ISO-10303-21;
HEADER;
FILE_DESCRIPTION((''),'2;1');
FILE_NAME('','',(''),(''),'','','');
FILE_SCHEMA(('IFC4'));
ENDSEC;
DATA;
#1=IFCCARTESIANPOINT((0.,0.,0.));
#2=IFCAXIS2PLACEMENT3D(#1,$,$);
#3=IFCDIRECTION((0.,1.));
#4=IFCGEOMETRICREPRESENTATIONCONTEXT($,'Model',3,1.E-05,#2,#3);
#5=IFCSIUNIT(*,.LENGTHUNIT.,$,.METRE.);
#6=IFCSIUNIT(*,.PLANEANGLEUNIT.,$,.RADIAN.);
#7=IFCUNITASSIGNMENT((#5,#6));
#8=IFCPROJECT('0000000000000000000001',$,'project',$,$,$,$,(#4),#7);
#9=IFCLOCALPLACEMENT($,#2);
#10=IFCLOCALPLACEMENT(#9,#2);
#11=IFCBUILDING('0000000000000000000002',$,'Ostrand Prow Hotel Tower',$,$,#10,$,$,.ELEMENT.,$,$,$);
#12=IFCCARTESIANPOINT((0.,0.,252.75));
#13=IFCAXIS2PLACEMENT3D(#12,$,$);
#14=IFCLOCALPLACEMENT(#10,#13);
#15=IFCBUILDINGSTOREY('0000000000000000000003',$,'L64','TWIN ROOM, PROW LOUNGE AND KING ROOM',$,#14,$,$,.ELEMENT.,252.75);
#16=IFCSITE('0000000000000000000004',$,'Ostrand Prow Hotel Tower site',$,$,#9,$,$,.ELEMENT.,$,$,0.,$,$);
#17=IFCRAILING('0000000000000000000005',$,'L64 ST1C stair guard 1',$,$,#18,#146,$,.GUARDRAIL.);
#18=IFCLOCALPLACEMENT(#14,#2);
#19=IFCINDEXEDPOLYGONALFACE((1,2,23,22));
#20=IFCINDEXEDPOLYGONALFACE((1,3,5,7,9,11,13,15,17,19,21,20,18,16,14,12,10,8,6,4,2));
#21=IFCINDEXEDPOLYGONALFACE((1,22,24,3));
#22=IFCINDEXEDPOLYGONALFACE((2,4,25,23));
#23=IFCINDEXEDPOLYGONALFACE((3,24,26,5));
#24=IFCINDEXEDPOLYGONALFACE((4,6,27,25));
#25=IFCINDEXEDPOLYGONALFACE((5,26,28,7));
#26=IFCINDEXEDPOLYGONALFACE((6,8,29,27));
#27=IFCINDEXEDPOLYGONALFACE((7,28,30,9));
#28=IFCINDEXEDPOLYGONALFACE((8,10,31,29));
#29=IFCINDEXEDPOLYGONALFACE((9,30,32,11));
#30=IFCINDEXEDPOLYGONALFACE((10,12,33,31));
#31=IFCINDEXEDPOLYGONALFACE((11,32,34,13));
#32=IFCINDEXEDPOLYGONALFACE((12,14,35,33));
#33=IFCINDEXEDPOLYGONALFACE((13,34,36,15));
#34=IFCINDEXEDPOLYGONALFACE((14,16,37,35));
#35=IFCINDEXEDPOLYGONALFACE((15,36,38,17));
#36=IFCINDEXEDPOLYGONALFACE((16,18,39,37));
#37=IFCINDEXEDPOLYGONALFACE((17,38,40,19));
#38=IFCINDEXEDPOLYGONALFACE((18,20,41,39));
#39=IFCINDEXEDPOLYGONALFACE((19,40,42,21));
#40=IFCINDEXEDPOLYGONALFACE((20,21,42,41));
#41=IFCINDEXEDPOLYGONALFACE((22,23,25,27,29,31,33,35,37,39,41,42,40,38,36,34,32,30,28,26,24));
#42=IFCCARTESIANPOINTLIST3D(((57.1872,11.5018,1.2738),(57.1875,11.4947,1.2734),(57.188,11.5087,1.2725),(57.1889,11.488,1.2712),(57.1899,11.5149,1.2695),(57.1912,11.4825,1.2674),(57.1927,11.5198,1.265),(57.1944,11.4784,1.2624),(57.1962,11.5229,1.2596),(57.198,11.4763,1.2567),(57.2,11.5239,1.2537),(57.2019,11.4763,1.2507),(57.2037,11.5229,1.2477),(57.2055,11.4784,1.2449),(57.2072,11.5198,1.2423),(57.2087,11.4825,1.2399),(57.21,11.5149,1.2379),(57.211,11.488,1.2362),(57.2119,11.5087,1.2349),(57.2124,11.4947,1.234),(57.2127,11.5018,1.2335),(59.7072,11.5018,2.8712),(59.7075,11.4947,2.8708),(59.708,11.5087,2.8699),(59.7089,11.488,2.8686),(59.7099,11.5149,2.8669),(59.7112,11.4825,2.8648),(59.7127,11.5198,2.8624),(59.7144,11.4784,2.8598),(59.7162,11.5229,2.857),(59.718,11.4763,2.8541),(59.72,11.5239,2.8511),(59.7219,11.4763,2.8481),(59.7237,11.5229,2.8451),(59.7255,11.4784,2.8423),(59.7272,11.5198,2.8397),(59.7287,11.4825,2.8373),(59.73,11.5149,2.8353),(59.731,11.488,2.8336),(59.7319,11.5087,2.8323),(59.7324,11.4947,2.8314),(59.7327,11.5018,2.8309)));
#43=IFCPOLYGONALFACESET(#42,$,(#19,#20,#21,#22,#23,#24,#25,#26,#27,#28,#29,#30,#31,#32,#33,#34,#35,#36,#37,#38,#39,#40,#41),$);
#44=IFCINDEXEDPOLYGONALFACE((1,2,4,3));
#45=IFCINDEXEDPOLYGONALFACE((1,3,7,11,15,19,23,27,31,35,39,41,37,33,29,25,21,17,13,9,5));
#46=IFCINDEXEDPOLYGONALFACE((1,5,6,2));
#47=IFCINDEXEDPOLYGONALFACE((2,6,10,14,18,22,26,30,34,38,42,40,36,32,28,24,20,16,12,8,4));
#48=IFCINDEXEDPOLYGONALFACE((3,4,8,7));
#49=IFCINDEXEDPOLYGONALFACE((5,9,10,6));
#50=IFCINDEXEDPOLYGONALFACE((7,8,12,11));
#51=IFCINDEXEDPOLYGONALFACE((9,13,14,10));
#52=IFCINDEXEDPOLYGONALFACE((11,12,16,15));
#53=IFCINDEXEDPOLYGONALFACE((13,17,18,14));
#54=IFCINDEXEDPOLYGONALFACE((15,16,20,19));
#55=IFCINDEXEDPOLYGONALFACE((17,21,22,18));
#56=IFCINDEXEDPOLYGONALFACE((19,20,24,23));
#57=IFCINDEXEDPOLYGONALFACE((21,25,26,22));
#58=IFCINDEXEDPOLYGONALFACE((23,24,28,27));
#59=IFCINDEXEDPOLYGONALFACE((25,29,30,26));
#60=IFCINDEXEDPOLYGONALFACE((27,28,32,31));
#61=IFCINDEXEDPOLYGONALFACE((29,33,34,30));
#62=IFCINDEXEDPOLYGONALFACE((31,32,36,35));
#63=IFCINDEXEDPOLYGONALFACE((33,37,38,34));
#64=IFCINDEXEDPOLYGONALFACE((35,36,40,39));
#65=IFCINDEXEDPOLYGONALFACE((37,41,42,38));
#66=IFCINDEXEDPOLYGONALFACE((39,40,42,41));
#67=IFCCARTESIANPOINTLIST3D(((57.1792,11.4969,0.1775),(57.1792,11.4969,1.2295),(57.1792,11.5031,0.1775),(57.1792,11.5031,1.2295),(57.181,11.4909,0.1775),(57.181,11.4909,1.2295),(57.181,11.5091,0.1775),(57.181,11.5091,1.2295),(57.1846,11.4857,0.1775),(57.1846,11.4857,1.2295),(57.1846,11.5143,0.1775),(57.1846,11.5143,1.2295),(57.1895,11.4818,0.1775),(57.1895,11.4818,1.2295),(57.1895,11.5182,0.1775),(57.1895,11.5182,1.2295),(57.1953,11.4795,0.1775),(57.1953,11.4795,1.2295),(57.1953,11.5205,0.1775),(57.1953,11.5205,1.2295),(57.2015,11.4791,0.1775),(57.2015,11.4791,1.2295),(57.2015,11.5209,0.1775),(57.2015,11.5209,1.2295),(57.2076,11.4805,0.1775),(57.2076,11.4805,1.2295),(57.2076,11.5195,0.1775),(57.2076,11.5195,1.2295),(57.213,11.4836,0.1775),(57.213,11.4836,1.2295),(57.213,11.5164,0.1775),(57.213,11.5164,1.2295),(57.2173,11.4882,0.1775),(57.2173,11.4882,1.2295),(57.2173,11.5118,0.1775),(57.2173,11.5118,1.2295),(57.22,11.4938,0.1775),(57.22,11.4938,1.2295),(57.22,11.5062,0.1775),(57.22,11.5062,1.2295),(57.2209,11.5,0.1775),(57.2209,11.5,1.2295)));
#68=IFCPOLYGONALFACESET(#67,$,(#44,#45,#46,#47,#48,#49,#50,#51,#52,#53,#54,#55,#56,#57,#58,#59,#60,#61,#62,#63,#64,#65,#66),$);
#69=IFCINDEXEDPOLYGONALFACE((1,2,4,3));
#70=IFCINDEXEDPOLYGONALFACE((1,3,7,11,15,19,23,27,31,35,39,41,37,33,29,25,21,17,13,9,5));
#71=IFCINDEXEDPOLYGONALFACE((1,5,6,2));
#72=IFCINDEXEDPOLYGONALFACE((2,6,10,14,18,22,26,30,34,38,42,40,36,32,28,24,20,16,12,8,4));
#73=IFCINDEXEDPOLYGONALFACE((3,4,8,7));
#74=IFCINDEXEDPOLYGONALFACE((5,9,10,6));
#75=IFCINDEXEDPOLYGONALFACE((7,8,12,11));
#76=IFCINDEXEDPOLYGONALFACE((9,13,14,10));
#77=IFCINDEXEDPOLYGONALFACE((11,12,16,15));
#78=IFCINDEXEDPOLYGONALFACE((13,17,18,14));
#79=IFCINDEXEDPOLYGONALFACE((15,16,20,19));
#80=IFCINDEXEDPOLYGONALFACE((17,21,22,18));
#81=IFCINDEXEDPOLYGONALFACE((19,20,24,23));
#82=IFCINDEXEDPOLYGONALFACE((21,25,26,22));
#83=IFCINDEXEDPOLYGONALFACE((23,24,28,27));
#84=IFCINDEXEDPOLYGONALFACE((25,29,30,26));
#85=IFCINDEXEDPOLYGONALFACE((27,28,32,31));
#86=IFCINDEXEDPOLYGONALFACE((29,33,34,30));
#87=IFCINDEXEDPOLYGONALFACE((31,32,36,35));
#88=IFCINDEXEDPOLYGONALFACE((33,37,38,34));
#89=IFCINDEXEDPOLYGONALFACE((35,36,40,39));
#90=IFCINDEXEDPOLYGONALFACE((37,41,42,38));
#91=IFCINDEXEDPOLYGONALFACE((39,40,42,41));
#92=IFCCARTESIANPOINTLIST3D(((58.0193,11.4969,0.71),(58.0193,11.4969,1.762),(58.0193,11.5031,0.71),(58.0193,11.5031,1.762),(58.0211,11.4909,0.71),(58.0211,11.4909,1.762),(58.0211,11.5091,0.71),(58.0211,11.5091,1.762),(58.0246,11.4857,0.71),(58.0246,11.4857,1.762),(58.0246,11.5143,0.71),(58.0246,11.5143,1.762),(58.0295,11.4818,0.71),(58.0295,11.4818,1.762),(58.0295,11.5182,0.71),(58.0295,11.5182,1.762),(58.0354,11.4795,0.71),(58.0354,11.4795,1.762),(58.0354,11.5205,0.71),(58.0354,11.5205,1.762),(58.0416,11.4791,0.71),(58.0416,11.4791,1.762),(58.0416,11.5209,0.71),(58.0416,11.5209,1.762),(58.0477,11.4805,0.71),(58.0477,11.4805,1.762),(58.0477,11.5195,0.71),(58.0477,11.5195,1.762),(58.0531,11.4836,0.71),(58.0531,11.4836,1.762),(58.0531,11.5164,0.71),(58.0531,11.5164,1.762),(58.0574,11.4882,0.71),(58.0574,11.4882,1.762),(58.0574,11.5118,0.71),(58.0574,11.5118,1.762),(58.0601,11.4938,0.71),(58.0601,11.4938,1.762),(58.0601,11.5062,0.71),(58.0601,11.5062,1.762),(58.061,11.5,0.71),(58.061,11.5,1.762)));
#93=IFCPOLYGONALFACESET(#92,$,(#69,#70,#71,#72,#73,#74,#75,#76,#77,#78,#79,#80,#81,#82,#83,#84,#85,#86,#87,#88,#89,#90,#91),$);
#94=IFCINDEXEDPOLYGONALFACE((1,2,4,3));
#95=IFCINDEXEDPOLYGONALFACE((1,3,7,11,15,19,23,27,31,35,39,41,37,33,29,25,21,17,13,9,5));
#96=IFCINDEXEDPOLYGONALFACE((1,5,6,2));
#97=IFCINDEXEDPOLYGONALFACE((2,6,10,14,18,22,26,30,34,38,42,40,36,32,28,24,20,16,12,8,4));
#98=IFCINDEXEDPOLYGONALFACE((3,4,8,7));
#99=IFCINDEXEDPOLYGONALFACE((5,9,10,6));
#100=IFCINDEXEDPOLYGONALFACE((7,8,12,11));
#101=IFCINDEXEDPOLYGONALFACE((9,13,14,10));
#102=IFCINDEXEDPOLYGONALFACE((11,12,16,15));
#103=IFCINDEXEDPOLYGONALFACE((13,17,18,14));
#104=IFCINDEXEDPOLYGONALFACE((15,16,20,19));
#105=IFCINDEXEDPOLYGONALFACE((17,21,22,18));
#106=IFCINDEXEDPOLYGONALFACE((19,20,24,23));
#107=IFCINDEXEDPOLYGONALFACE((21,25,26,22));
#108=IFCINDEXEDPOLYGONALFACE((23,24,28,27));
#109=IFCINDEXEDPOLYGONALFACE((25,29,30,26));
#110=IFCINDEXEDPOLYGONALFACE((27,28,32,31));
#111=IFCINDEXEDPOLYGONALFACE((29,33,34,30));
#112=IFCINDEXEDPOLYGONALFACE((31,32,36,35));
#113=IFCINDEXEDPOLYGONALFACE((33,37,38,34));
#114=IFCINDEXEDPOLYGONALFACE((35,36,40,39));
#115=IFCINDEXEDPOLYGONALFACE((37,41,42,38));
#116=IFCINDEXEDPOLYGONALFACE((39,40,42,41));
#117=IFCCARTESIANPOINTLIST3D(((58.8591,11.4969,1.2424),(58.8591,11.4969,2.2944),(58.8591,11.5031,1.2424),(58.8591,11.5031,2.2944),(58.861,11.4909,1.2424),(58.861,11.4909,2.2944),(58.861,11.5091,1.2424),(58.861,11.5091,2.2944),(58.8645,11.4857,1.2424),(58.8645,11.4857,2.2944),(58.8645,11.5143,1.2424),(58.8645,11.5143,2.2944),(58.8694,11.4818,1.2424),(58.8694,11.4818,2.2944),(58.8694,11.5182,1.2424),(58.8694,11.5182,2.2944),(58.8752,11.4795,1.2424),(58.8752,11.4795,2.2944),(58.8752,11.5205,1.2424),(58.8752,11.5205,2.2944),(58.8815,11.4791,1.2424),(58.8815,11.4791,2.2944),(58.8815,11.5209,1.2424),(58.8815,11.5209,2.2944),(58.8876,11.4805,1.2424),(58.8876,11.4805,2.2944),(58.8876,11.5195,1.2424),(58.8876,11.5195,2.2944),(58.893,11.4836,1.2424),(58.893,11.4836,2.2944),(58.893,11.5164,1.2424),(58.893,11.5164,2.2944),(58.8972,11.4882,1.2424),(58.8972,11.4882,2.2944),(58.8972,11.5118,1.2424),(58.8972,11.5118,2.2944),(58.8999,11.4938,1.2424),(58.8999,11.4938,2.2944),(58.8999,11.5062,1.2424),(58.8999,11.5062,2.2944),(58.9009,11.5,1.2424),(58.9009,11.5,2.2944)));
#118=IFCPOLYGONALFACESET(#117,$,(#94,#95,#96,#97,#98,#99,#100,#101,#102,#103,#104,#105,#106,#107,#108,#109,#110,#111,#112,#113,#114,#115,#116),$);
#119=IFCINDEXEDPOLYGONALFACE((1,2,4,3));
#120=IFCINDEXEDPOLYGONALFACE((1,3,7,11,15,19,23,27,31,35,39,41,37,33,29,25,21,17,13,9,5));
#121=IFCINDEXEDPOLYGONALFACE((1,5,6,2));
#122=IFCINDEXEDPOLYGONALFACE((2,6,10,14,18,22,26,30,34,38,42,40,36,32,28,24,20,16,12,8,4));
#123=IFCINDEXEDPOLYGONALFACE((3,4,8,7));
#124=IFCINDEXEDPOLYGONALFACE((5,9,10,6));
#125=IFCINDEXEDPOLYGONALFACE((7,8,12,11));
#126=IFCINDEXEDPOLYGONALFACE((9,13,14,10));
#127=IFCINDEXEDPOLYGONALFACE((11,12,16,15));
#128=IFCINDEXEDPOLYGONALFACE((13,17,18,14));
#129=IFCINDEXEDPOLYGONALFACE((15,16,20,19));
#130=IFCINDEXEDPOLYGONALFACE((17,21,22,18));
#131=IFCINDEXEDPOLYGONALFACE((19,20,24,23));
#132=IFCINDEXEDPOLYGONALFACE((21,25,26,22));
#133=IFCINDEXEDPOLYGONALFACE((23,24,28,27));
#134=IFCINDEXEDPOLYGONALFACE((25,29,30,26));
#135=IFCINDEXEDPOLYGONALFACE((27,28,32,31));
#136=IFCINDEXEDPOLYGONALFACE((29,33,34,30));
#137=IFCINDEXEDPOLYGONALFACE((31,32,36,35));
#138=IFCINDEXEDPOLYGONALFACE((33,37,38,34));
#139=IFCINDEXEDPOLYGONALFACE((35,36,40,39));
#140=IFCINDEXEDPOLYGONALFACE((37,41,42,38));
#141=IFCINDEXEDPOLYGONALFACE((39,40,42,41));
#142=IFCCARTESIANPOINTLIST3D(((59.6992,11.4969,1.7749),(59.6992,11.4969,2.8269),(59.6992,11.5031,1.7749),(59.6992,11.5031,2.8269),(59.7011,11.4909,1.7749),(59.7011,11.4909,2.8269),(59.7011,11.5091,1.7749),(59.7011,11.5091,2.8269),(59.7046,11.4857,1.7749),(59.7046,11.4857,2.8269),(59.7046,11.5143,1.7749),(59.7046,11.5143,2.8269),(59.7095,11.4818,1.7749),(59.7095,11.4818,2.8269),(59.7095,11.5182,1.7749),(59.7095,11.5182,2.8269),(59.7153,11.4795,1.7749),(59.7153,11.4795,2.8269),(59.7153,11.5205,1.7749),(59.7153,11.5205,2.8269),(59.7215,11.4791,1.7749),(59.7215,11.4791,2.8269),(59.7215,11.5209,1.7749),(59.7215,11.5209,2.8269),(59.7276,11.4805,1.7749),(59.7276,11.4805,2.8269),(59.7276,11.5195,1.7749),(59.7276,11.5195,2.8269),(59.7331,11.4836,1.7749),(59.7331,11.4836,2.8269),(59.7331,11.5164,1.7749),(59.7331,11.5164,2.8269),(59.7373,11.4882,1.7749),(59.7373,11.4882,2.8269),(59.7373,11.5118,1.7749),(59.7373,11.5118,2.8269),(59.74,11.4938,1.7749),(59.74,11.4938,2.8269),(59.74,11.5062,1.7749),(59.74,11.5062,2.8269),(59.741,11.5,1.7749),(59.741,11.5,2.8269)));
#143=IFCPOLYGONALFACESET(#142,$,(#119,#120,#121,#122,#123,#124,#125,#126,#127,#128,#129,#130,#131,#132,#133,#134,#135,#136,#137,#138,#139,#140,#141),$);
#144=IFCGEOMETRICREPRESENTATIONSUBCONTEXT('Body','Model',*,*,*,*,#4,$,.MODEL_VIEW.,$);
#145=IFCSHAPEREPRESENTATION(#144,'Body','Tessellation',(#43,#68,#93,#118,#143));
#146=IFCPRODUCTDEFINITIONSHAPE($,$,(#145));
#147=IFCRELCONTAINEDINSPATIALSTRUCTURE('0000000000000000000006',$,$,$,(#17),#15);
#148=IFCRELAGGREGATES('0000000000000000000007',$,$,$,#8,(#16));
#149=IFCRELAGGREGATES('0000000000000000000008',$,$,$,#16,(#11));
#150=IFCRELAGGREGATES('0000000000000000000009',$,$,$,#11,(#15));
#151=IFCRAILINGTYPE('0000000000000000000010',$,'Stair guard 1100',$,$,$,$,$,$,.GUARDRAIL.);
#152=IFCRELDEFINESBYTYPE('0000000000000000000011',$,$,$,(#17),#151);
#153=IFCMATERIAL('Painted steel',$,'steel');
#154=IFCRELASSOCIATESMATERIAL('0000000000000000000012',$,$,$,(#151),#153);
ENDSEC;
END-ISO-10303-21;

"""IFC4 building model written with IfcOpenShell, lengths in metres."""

from ifc_helpers import new_model, si_unit, direction, frame, origin, origin_2d, place, context, subcontext, project, spatial, circle, extrude, material, type_object, element, save


model = new_model("IFC4")

# Units and contexts
model_context = context("Model", 3, precision=1e-05, world=origin(), true_north=direction((0.0, 1.0)))
body_context = subcontext(model_context, "Body", "Model", "MODEL_VIEW")
ifc_project = project(units=[si_unit("LENGTHUNIT", "METRE"), si_unit("PLANEANGLEUNIT", "RADIAN")], contexts=[model_context])

# Site, building, storey
site_placement = place(None, origin())
site = spatial("IfcSite", under=ifc_project, at=site_placement, Name="Ostrand Prow Hotel Tower site", CompositionType="ELEMENT", RefElevation=0.0)
building_placement = place(site_placement, origin())
building = spatial("IfcBuilding", under=site, at=building_placement, Name="Ostrand Prow Hotel Tower", CompositionType="ELEMENT")
storey_placement = place(building_placement, frame((0.0, 0.0, 252.75)))
storey = spatial("IfcBuildingStorey", under=building, at=storey_placement, Name="L64", Description="TWIN ROOM, PROW LOUNGE AND KING ROOM", CompositionType="ELEMENT", Elevation=252.75)

# Railing
ifc_material_1 = material(Name="Painted steel", Category="steel")
railing_type_1 = type_object("IfcRailingType", Name="Stair guard 1100", PredefinedType="GUARDRAIL", material=ifc_material_1)
railing_1_placement = place(storey_placement, frame((57.2, 11.5, 0.1775)))
element("IfcRailing", 1, at=railing_1_placement, inside=storey, type_object=railing_type_1, Name="L64 ST1C stair guard 1", PredefinedType="GUARDRAIL", context=body_context, shape_type="SweptSolid", body=[
    extrude(circle(Radius=0.0239, at=origin_2d()), frame((0.0, 0.0, 1.0762), z_axis=(0.844607, 0.0, 0.535387), x_axis=(0.0, 1.0, 0.0)), (0.0, 0.0, 1.0), 2.9836),
    extrude(circle(Radius=0.021, at=origin_2d()), origin(), (0.0, 0.0, 1.0), 1.052),
    extrude(circle(Radius=0.021, at=origin_2d()), frame((0.8401, 0.0, 0.5325)), (0.0, 0.0, 1.0), 1.052),
    extrude(circle(Radius=0.021, at=origin_2d()), frame((1.6799, 0.0, 1.0649)), (0.0, 0.0, 1.0), 1.052),
    extrude(circle(Radius=0.021, at=origin_2d()), frame((2.52, 0.0, 1.5974)), (0.0, 0.0, 1.0), 1.052),
])

save(model, "model.ifc")
